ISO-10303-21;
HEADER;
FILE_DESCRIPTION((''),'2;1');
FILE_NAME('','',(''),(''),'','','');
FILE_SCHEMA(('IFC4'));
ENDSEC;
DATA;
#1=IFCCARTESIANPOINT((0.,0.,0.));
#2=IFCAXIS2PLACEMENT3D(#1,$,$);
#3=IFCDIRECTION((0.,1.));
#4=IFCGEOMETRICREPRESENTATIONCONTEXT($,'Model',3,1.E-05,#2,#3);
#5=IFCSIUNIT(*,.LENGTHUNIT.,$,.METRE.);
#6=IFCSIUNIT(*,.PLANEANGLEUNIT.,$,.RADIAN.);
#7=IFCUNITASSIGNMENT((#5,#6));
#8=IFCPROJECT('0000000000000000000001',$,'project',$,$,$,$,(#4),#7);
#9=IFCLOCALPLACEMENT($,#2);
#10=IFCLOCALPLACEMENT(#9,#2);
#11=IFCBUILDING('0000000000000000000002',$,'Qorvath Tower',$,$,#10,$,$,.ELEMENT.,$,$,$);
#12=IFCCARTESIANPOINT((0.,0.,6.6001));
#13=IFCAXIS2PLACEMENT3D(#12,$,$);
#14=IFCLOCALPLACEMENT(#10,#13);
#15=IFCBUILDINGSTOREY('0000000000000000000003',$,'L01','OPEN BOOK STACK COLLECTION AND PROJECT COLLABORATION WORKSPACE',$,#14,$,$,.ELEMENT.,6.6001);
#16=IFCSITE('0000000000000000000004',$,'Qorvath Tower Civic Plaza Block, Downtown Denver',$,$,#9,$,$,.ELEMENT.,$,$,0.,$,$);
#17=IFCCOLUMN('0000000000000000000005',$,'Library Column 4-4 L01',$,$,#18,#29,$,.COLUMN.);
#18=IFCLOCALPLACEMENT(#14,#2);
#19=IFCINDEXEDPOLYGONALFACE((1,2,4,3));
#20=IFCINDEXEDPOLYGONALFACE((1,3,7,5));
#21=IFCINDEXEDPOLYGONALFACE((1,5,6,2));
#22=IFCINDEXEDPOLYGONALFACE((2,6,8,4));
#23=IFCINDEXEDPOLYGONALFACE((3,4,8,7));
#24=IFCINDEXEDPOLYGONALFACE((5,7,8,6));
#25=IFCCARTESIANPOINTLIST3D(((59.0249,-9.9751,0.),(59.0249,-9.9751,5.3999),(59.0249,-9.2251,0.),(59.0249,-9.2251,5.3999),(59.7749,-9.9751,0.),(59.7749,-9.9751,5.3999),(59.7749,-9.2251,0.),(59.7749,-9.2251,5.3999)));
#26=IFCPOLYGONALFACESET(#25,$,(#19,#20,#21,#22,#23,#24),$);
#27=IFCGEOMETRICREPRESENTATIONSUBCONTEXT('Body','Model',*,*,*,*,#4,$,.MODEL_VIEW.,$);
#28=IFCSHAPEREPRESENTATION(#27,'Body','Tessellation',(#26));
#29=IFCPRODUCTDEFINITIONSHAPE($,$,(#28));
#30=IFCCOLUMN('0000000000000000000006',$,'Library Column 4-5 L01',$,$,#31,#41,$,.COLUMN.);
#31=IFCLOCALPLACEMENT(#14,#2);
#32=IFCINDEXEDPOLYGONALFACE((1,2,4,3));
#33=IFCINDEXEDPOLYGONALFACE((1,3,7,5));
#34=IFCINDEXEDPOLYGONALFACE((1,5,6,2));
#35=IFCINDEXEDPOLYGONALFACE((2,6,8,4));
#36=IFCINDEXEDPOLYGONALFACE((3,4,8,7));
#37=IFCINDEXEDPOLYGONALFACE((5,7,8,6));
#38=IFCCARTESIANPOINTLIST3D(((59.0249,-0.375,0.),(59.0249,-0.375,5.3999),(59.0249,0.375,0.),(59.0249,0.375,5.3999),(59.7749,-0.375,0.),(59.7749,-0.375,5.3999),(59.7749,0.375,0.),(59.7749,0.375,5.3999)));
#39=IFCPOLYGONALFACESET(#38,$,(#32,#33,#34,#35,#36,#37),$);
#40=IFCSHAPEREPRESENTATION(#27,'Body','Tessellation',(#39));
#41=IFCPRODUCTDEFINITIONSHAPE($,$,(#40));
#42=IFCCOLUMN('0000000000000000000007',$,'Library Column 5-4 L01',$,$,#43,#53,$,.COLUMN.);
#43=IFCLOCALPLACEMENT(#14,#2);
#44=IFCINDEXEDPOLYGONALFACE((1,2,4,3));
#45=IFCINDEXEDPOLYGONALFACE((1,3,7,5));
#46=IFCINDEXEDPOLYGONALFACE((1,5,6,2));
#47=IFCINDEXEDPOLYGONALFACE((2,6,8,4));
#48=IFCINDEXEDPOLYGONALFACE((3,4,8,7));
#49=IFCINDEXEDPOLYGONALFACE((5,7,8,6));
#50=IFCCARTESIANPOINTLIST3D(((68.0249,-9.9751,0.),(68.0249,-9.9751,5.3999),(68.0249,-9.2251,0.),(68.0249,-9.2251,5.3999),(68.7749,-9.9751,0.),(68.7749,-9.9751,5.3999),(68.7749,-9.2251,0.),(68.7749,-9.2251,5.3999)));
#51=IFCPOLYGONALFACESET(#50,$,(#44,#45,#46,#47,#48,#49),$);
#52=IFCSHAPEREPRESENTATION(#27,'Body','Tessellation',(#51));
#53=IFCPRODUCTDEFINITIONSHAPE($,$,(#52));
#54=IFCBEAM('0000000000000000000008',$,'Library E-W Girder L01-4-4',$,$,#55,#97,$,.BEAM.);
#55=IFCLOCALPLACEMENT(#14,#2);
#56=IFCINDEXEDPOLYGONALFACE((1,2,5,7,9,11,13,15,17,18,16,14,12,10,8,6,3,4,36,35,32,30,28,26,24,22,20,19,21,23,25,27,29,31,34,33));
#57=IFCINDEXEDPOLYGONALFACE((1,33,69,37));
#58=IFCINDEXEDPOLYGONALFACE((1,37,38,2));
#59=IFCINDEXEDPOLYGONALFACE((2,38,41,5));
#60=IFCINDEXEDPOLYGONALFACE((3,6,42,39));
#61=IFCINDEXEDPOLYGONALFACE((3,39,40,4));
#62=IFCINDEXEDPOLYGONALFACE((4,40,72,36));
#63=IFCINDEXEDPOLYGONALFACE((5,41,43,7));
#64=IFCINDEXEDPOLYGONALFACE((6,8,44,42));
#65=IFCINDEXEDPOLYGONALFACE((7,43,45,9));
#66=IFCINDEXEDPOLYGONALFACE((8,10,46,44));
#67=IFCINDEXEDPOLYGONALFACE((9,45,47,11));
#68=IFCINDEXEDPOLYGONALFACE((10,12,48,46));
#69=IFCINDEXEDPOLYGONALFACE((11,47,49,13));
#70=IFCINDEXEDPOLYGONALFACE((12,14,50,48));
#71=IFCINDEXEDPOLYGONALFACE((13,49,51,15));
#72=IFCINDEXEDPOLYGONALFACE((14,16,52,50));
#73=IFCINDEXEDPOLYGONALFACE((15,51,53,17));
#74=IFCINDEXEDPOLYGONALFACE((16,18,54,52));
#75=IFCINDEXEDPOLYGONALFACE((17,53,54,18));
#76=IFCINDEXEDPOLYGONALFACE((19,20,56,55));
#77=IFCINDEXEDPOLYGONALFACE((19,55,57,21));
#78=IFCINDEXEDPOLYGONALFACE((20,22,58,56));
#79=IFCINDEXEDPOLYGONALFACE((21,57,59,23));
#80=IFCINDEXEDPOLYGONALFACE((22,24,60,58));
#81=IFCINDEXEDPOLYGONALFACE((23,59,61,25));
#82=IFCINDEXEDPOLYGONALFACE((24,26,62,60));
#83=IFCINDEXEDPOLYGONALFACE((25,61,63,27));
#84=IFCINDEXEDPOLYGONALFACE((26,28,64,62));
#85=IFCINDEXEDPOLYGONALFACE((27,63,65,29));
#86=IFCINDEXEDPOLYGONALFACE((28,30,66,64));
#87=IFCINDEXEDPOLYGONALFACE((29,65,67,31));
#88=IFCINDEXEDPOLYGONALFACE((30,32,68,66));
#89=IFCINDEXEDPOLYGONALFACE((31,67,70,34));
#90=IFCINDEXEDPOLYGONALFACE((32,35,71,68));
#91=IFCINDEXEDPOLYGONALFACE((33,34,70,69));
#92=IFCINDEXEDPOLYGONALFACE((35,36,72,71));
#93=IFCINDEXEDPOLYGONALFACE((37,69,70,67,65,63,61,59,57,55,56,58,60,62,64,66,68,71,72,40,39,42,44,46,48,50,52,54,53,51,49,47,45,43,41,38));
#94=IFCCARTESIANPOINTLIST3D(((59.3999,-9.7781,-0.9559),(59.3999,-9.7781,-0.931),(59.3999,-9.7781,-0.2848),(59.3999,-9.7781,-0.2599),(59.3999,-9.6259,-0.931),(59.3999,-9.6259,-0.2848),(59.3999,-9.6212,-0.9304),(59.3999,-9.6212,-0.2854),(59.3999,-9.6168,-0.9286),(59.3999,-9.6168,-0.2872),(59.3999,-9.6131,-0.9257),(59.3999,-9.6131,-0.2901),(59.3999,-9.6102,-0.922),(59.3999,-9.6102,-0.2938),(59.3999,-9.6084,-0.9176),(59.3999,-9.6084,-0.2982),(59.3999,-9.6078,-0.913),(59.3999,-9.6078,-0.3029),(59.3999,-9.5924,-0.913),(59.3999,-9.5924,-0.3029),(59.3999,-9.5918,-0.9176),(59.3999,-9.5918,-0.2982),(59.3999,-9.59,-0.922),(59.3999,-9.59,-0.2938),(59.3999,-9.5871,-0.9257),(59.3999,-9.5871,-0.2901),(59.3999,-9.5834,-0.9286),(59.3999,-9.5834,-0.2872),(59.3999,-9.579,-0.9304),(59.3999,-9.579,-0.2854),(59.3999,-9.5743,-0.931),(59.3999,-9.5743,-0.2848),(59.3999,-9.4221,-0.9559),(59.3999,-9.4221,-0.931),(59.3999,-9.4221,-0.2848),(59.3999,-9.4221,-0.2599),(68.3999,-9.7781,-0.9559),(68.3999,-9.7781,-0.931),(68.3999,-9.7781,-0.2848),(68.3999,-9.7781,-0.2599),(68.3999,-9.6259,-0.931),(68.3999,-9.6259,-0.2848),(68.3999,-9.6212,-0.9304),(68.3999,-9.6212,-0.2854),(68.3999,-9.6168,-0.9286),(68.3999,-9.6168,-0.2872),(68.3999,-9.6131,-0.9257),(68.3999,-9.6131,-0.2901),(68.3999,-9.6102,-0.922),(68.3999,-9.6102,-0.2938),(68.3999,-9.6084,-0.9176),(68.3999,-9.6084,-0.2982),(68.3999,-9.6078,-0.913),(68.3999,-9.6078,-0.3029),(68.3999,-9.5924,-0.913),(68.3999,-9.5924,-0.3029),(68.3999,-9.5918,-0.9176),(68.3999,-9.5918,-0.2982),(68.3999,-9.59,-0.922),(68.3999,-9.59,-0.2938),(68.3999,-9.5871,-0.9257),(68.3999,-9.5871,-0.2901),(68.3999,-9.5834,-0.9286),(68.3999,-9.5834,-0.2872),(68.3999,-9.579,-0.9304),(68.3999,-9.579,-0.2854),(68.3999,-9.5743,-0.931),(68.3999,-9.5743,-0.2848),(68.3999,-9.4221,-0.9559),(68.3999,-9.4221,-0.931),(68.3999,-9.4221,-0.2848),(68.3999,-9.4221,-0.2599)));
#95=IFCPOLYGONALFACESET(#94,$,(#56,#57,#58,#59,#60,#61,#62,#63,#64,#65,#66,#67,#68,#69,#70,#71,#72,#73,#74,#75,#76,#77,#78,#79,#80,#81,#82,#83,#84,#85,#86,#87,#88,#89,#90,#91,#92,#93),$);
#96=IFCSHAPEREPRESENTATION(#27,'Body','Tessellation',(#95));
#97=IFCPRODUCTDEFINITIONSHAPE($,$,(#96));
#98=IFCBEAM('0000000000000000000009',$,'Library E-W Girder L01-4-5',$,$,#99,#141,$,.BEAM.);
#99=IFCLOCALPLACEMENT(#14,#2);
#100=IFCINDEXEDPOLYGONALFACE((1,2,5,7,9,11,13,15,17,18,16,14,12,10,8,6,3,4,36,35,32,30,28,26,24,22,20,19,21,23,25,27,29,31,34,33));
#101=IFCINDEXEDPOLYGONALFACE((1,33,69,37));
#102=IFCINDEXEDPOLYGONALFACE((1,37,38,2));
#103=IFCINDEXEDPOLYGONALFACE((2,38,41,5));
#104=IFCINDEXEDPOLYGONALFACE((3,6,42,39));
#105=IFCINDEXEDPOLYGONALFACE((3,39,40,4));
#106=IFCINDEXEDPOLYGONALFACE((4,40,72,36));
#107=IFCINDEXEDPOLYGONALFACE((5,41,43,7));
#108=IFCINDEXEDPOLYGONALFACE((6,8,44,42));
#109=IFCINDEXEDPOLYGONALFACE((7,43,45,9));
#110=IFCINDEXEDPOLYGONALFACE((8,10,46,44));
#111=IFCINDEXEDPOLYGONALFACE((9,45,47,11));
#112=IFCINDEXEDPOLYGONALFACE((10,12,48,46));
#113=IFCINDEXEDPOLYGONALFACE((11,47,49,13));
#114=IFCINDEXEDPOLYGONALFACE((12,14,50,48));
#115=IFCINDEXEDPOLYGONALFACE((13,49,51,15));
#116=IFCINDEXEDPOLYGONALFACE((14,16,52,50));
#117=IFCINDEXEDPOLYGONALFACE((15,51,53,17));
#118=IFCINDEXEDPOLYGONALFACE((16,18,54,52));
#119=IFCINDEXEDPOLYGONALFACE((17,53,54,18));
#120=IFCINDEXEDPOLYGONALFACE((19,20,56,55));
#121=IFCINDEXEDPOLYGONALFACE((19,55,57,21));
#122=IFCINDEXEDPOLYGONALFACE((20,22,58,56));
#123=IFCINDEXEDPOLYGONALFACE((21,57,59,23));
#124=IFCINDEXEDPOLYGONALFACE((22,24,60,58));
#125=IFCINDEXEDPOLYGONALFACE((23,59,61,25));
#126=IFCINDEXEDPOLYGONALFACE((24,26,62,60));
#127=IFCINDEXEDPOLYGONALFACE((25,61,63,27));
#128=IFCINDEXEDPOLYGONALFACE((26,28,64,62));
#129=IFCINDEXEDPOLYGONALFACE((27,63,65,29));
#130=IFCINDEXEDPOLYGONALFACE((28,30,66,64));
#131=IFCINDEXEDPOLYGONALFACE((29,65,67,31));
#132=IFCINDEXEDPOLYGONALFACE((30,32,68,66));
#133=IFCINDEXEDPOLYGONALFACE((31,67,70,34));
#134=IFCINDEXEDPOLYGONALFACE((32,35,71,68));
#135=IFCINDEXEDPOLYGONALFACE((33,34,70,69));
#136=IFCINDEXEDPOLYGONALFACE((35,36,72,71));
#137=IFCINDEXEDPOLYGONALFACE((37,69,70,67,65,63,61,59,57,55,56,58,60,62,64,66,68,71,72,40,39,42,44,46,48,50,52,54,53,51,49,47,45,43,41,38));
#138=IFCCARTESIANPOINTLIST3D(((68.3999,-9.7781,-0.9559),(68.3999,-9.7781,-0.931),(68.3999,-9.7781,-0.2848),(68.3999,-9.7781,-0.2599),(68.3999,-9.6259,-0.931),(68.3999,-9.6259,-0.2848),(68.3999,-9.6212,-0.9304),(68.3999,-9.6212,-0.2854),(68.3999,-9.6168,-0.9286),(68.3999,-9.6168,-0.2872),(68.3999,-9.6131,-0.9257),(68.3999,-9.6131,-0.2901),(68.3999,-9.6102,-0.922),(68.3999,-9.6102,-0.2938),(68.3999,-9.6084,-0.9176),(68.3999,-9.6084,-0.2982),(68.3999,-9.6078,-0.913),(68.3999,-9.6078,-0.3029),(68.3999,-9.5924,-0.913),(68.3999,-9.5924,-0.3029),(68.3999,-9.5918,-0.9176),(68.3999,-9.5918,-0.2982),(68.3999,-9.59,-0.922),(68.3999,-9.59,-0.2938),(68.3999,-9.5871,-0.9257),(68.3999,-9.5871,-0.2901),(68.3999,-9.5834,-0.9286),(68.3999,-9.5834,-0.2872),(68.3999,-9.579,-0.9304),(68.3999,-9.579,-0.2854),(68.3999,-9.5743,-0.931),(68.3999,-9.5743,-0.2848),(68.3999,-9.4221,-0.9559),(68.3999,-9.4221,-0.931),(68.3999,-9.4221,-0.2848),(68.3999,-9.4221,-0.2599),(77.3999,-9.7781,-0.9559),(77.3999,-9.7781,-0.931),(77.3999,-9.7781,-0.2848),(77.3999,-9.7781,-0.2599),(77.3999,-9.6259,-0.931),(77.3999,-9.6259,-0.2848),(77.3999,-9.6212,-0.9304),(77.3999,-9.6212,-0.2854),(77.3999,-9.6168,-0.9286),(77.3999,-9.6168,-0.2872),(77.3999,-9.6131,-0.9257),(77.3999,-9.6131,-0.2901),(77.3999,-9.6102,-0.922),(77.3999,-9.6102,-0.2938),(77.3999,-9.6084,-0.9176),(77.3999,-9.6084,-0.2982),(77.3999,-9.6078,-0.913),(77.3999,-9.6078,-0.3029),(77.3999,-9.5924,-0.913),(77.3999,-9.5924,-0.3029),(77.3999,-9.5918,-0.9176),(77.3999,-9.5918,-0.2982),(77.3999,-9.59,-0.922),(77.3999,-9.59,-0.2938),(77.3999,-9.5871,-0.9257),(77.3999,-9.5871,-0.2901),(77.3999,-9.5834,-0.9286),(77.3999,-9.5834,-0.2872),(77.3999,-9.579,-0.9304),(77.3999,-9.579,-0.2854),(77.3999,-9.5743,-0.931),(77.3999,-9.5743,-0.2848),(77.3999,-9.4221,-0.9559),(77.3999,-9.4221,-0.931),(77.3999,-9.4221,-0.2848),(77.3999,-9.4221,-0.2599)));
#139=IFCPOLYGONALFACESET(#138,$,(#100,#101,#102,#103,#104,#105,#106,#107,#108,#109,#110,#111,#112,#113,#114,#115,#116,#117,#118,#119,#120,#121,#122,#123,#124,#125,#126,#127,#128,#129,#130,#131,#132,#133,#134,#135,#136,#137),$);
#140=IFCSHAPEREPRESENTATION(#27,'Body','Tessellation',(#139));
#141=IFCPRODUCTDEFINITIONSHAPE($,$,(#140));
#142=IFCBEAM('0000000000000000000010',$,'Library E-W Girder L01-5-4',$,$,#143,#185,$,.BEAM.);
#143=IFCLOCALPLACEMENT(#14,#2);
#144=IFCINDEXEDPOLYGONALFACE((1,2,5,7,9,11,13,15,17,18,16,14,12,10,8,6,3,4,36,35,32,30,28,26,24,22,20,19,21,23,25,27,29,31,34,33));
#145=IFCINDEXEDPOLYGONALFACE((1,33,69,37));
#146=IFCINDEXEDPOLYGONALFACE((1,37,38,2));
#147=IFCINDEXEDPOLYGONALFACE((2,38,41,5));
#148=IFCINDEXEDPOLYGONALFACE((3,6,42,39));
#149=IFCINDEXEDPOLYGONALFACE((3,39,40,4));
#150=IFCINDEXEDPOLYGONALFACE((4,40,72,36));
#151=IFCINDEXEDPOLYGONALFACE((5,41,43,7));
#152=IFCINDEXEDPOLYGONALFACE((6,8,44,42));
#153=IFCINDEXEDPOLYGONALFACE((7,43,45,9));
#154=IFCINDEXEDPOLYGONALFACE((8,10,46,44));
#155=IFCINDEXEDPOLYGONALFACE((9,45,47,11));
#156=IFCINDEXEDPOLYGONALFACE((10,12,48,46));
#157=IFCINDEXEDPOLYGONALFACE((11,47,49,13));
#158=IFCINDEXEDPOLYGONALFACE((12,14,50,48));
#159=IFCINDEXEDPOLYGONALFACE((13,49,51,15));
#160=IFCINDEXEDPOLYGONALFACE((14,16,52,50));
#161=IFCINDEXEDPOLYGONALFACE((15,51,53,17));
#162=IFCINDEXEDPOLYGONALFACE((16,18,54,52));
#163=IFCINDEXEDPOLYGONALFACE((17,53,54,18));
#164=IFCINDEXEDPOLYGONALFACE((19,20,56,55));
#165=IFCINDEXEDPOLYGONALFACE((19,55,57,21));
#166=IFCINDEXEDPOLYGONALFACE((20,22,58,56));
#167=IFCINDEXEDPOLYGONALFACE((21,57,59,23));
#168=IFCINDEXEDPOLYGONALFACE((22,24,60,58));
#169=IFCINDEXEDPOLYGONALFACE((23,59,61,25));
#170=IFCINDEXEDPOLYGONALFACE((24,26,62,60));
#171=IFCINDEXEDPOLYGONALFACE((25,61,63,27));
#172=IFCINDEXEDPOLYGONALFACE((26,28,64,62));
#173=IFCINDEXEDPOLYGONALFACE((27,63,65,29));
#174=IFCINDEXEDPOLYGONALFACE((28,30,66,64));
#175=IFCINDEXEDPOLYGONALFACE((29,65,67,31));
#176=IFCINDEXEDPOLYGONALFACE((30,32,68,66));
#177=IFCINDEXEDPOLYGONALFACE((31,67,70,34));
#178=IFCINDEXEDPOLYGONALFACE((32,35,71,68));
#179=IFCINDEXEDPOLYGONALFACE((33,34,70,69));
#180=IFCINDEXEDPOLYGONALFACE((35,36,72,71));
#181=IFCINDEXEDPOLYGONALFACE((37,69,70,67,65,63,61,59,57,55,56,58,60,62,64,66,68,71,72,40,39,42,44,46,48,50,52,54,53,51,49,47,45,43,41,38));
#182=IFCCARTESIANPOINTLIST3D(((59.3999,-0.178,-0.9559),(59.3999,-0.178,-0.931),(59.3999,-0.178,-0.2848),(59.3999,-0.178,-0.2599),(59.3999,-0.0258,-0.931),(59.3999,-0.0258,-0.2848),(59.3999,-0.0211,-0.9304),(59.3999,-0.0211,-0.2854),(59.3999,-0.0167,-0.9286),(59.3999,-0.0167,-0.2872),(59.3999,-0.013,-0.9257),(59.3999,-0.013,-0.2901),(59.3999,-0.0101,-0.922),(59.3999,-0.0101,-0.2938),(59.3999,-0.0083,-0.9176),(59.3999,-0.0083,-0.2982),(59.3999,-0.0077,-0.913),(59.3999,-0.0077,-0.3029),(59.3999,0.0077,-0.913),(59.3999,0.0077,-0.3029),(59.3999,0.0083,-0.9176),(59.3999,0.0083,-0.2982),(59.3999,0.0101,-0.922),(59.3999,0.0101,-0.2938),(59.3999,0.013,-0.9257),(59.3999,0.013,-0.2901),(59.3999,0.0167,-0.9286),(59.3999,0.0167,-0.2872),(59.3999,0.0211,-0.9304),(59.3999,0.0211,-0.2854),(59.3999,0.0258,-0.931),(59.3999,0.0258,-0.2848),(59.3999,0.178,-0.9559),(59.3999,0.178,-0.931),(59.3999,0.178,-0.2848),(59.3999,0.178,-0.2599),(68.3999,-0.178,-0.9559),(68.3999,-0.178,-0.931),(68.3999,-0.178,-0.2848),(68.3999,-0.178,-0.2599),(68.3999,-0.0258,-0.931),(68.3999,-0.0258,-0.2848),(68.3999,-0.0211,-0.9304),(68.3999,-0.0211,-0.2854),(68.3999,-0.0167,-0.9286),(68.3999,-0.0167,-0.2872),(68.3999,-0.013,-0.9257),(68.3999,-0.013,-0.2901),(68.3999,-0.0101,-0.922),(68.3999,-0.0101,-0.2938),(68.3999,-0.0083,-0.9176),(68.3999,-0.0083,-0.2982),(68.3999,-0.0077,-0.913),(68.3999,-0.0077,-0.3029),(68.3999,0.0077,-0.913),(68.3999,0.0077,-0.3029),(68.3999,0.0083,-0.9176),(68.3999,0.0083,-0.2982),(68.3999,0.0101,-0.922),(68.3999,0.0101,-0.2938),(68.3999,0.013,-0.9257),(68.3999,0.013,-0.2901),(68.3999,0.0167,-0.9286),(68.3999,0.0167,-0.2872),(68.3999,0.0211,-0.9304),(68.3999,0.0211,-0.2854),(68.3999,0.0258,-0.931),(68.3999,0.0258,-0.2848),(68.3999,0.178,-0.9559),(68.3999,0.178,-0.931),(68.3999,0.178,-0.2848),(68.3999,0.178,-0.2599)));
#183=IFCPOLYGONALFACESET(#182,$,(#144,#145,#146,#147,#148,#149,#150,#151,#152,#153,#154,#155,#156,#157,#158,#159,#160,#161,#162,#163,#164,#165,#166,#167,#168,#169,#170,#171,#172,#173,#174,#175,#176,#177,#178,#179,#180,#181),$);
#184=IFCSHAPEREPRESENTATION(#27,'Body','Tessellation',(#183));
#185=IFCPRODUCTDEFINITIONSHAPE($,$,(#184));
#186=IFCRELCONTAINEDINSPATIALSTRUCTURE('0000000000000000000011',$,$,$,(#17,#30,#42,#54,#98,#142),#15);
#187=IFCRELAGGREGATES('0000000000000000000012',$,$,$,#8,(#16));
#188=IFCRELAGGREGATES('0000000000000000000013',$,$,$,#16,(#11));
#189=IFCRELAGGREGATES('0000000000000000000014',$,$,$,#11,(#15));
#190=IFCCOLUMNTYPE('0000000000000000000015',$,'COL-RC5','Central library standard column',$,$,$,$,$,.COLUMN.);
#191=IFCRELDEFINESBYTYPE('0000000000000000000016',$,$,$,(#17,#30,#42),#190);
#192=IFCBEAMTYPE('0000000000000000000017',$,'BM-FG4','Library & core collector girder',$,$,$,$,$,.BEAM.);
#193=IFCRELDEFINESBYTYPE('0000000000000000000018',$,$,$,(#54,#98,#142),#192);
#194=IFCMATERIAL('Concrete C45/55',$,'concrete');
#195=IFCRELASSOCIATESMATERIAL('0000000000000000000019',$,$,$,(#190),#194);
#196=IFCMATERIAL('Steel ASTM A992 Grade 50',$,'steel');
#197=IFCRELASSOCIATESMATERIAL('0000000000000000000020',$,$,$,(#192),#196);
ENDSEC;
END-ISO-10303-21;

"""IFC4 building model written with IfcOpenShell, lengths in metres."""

from ifc_helpers import new_model, si_unit, direction, frame, origin, origin_2d, place, context, subcontext, project, spatial, rectangle, i_section, extrude, material, material_profile, profile_set, type_object, element, save


model = new_model("IFC4")

# Units and contexts
model_context = context("Model", 3, precision=1e-05, world=origin(), true_north=direction((0.0, 1.0)))
body_context = subcontext(model_context, "Body", "Model", "MODEL_VIEW")
ifc_project = project(units=[si_unit("LENGTHUNIT", "METRE"), si_unit("PLANEANGLEUNIT", "RADIAN")], contexts=[model_context])

# Site, building, storey
site_placement = place(None, origin())
site = spatial("IfcSite", under=ifc_project, at=site_placement, Name="Qorvath Tower Civic Plaza Block, Downtown Denver", CompositionType="ELEMENT", RefElevation=0.0)
building_placement = place(site_placement, origin())
building = spatial("IfcBuilding", under=site, at=building_placement, Name="Qorvath Tower", CompositionType="ELEMENT")
storey_placement = place(building_placement, frame((0.0, 0.0, 6.6001)))
storey = spatial("IfcBuildingStorey", under=building, at=storey_placement, Name="L01", Description="OPEN BOOK STACK COLLECTION AND PROJECT COLLABORATION WORKSPACE", CompositionType="ELEMENT", Elevation=6.6001)

# Columns
ifc_material_1 = material(Name="Concrete C45/55", Category="concrete")
ifc_material_profile_1 = material_profile(ifc_material_1, rectangle(XDim=0.75, YDim=0.75, at=origin_2d()), Name="RC 750x750")
ifc_profile_set_1 = profile_set([ifc_material_profile_1], Name="Concrete C45/55")
column_type = type_object("IfcColumnType", Name="COL-RC5", Description="Central library standard column", PredefinedType="COLUMN", material=ifc_profile_set_1)
for number, where, z_axis, x_axis, name in (
    (1, (59.3999, -9.6001, 0.0), (0.0, 0.0, 1.0), (1.0, 0.0, 0.0), "Library Column 4-4 L01"),
    (2, (59.3999, 0.0, 0.0), (0.0, 0.0, 1.0), (1.0, 0.0, 0.0), "Library Column 4-5 L01"),
    (3, (68.3999, -9.6001, 0.0), (0.0, 0.0, 1.0), (1.0, 0.0, 0.0), "Library Column 5-4 L01"),
):
    element("IfcColumn", number, at=place(storey_placement, frame(where, z_axis=z_axis, x_axis=x_axis)), inside=storey, type_object=column_type, Name=name, PredefinedType="COLUMN", context=body_context, shape_type="SweptSolid", body=[
        extrude(rectangle(XDim=0.75, YDim=0.75, at=origin_2d()), origin(), (0.0, 0.0, 1.0), 5.3999),
    ])

# Beams
ifc_material_2 = material(Name="Steel ASTM A992 Grade 50", Category="steel")
ifc_material_profile_2 = material_profile(ifc_material_2, i_section(OverallWidth=0.356, OverallDepth=0.696, WebThickness=0.0154, FlangeThickness=0.0249, FilletRadius=0.0181, at=origin_2d()), Name="W27x146")
ifc_profile_set_2 = profile_set([ifc_material_profile_2], Name="Steel ASTM A992 Grade 50")
beam_type_1 = type_object("IfcBeamType", Name="BM-FG4", Description="Library & core collector girder", PredefinedType="BEAM", material=ifc_profile_set_2)
for number, where, z_axis, x_axis, name in (
    (4, (59.3999, -9.6001, -0.6079), (1.0, 0.0, 0.0), (0.0, 1.0, 0.0), "Library E-W Girder L01-4-4"),
    (5, (68.3999, -9.6001, -0.6079), (1.0, 0.0, 0.0), (0.0, 1.0, 0.0), "Library E-W Girder L01-4-5"),
    (6, (59.3999, 0.0, -0.6079), (1.0, 0.0, 0.0), (0.0, 1.0, 0.0), "Library E-W Girder L01-5-4"),
):
    element("IfcBeam", number, at=place(storey_placement, frame(where, z_axis=z_axis, x_axis=x_axis)), inside=storey, type_object=beam_type_1, Name=name, PredefinedType="BEAM", context=body_context, shape_type="SweptSolid", body=[
        extrude(i_section(OverallWidth=0.356, OverallDepth=0.696, WebThickness=0.0154, FlangeThickness=0.0249, FilletRadius=0.0181, at=origin_2d()), origin(), (0.0, 0.0, 1.0), 9.0),
    ])

save(model, "model.ifc")
